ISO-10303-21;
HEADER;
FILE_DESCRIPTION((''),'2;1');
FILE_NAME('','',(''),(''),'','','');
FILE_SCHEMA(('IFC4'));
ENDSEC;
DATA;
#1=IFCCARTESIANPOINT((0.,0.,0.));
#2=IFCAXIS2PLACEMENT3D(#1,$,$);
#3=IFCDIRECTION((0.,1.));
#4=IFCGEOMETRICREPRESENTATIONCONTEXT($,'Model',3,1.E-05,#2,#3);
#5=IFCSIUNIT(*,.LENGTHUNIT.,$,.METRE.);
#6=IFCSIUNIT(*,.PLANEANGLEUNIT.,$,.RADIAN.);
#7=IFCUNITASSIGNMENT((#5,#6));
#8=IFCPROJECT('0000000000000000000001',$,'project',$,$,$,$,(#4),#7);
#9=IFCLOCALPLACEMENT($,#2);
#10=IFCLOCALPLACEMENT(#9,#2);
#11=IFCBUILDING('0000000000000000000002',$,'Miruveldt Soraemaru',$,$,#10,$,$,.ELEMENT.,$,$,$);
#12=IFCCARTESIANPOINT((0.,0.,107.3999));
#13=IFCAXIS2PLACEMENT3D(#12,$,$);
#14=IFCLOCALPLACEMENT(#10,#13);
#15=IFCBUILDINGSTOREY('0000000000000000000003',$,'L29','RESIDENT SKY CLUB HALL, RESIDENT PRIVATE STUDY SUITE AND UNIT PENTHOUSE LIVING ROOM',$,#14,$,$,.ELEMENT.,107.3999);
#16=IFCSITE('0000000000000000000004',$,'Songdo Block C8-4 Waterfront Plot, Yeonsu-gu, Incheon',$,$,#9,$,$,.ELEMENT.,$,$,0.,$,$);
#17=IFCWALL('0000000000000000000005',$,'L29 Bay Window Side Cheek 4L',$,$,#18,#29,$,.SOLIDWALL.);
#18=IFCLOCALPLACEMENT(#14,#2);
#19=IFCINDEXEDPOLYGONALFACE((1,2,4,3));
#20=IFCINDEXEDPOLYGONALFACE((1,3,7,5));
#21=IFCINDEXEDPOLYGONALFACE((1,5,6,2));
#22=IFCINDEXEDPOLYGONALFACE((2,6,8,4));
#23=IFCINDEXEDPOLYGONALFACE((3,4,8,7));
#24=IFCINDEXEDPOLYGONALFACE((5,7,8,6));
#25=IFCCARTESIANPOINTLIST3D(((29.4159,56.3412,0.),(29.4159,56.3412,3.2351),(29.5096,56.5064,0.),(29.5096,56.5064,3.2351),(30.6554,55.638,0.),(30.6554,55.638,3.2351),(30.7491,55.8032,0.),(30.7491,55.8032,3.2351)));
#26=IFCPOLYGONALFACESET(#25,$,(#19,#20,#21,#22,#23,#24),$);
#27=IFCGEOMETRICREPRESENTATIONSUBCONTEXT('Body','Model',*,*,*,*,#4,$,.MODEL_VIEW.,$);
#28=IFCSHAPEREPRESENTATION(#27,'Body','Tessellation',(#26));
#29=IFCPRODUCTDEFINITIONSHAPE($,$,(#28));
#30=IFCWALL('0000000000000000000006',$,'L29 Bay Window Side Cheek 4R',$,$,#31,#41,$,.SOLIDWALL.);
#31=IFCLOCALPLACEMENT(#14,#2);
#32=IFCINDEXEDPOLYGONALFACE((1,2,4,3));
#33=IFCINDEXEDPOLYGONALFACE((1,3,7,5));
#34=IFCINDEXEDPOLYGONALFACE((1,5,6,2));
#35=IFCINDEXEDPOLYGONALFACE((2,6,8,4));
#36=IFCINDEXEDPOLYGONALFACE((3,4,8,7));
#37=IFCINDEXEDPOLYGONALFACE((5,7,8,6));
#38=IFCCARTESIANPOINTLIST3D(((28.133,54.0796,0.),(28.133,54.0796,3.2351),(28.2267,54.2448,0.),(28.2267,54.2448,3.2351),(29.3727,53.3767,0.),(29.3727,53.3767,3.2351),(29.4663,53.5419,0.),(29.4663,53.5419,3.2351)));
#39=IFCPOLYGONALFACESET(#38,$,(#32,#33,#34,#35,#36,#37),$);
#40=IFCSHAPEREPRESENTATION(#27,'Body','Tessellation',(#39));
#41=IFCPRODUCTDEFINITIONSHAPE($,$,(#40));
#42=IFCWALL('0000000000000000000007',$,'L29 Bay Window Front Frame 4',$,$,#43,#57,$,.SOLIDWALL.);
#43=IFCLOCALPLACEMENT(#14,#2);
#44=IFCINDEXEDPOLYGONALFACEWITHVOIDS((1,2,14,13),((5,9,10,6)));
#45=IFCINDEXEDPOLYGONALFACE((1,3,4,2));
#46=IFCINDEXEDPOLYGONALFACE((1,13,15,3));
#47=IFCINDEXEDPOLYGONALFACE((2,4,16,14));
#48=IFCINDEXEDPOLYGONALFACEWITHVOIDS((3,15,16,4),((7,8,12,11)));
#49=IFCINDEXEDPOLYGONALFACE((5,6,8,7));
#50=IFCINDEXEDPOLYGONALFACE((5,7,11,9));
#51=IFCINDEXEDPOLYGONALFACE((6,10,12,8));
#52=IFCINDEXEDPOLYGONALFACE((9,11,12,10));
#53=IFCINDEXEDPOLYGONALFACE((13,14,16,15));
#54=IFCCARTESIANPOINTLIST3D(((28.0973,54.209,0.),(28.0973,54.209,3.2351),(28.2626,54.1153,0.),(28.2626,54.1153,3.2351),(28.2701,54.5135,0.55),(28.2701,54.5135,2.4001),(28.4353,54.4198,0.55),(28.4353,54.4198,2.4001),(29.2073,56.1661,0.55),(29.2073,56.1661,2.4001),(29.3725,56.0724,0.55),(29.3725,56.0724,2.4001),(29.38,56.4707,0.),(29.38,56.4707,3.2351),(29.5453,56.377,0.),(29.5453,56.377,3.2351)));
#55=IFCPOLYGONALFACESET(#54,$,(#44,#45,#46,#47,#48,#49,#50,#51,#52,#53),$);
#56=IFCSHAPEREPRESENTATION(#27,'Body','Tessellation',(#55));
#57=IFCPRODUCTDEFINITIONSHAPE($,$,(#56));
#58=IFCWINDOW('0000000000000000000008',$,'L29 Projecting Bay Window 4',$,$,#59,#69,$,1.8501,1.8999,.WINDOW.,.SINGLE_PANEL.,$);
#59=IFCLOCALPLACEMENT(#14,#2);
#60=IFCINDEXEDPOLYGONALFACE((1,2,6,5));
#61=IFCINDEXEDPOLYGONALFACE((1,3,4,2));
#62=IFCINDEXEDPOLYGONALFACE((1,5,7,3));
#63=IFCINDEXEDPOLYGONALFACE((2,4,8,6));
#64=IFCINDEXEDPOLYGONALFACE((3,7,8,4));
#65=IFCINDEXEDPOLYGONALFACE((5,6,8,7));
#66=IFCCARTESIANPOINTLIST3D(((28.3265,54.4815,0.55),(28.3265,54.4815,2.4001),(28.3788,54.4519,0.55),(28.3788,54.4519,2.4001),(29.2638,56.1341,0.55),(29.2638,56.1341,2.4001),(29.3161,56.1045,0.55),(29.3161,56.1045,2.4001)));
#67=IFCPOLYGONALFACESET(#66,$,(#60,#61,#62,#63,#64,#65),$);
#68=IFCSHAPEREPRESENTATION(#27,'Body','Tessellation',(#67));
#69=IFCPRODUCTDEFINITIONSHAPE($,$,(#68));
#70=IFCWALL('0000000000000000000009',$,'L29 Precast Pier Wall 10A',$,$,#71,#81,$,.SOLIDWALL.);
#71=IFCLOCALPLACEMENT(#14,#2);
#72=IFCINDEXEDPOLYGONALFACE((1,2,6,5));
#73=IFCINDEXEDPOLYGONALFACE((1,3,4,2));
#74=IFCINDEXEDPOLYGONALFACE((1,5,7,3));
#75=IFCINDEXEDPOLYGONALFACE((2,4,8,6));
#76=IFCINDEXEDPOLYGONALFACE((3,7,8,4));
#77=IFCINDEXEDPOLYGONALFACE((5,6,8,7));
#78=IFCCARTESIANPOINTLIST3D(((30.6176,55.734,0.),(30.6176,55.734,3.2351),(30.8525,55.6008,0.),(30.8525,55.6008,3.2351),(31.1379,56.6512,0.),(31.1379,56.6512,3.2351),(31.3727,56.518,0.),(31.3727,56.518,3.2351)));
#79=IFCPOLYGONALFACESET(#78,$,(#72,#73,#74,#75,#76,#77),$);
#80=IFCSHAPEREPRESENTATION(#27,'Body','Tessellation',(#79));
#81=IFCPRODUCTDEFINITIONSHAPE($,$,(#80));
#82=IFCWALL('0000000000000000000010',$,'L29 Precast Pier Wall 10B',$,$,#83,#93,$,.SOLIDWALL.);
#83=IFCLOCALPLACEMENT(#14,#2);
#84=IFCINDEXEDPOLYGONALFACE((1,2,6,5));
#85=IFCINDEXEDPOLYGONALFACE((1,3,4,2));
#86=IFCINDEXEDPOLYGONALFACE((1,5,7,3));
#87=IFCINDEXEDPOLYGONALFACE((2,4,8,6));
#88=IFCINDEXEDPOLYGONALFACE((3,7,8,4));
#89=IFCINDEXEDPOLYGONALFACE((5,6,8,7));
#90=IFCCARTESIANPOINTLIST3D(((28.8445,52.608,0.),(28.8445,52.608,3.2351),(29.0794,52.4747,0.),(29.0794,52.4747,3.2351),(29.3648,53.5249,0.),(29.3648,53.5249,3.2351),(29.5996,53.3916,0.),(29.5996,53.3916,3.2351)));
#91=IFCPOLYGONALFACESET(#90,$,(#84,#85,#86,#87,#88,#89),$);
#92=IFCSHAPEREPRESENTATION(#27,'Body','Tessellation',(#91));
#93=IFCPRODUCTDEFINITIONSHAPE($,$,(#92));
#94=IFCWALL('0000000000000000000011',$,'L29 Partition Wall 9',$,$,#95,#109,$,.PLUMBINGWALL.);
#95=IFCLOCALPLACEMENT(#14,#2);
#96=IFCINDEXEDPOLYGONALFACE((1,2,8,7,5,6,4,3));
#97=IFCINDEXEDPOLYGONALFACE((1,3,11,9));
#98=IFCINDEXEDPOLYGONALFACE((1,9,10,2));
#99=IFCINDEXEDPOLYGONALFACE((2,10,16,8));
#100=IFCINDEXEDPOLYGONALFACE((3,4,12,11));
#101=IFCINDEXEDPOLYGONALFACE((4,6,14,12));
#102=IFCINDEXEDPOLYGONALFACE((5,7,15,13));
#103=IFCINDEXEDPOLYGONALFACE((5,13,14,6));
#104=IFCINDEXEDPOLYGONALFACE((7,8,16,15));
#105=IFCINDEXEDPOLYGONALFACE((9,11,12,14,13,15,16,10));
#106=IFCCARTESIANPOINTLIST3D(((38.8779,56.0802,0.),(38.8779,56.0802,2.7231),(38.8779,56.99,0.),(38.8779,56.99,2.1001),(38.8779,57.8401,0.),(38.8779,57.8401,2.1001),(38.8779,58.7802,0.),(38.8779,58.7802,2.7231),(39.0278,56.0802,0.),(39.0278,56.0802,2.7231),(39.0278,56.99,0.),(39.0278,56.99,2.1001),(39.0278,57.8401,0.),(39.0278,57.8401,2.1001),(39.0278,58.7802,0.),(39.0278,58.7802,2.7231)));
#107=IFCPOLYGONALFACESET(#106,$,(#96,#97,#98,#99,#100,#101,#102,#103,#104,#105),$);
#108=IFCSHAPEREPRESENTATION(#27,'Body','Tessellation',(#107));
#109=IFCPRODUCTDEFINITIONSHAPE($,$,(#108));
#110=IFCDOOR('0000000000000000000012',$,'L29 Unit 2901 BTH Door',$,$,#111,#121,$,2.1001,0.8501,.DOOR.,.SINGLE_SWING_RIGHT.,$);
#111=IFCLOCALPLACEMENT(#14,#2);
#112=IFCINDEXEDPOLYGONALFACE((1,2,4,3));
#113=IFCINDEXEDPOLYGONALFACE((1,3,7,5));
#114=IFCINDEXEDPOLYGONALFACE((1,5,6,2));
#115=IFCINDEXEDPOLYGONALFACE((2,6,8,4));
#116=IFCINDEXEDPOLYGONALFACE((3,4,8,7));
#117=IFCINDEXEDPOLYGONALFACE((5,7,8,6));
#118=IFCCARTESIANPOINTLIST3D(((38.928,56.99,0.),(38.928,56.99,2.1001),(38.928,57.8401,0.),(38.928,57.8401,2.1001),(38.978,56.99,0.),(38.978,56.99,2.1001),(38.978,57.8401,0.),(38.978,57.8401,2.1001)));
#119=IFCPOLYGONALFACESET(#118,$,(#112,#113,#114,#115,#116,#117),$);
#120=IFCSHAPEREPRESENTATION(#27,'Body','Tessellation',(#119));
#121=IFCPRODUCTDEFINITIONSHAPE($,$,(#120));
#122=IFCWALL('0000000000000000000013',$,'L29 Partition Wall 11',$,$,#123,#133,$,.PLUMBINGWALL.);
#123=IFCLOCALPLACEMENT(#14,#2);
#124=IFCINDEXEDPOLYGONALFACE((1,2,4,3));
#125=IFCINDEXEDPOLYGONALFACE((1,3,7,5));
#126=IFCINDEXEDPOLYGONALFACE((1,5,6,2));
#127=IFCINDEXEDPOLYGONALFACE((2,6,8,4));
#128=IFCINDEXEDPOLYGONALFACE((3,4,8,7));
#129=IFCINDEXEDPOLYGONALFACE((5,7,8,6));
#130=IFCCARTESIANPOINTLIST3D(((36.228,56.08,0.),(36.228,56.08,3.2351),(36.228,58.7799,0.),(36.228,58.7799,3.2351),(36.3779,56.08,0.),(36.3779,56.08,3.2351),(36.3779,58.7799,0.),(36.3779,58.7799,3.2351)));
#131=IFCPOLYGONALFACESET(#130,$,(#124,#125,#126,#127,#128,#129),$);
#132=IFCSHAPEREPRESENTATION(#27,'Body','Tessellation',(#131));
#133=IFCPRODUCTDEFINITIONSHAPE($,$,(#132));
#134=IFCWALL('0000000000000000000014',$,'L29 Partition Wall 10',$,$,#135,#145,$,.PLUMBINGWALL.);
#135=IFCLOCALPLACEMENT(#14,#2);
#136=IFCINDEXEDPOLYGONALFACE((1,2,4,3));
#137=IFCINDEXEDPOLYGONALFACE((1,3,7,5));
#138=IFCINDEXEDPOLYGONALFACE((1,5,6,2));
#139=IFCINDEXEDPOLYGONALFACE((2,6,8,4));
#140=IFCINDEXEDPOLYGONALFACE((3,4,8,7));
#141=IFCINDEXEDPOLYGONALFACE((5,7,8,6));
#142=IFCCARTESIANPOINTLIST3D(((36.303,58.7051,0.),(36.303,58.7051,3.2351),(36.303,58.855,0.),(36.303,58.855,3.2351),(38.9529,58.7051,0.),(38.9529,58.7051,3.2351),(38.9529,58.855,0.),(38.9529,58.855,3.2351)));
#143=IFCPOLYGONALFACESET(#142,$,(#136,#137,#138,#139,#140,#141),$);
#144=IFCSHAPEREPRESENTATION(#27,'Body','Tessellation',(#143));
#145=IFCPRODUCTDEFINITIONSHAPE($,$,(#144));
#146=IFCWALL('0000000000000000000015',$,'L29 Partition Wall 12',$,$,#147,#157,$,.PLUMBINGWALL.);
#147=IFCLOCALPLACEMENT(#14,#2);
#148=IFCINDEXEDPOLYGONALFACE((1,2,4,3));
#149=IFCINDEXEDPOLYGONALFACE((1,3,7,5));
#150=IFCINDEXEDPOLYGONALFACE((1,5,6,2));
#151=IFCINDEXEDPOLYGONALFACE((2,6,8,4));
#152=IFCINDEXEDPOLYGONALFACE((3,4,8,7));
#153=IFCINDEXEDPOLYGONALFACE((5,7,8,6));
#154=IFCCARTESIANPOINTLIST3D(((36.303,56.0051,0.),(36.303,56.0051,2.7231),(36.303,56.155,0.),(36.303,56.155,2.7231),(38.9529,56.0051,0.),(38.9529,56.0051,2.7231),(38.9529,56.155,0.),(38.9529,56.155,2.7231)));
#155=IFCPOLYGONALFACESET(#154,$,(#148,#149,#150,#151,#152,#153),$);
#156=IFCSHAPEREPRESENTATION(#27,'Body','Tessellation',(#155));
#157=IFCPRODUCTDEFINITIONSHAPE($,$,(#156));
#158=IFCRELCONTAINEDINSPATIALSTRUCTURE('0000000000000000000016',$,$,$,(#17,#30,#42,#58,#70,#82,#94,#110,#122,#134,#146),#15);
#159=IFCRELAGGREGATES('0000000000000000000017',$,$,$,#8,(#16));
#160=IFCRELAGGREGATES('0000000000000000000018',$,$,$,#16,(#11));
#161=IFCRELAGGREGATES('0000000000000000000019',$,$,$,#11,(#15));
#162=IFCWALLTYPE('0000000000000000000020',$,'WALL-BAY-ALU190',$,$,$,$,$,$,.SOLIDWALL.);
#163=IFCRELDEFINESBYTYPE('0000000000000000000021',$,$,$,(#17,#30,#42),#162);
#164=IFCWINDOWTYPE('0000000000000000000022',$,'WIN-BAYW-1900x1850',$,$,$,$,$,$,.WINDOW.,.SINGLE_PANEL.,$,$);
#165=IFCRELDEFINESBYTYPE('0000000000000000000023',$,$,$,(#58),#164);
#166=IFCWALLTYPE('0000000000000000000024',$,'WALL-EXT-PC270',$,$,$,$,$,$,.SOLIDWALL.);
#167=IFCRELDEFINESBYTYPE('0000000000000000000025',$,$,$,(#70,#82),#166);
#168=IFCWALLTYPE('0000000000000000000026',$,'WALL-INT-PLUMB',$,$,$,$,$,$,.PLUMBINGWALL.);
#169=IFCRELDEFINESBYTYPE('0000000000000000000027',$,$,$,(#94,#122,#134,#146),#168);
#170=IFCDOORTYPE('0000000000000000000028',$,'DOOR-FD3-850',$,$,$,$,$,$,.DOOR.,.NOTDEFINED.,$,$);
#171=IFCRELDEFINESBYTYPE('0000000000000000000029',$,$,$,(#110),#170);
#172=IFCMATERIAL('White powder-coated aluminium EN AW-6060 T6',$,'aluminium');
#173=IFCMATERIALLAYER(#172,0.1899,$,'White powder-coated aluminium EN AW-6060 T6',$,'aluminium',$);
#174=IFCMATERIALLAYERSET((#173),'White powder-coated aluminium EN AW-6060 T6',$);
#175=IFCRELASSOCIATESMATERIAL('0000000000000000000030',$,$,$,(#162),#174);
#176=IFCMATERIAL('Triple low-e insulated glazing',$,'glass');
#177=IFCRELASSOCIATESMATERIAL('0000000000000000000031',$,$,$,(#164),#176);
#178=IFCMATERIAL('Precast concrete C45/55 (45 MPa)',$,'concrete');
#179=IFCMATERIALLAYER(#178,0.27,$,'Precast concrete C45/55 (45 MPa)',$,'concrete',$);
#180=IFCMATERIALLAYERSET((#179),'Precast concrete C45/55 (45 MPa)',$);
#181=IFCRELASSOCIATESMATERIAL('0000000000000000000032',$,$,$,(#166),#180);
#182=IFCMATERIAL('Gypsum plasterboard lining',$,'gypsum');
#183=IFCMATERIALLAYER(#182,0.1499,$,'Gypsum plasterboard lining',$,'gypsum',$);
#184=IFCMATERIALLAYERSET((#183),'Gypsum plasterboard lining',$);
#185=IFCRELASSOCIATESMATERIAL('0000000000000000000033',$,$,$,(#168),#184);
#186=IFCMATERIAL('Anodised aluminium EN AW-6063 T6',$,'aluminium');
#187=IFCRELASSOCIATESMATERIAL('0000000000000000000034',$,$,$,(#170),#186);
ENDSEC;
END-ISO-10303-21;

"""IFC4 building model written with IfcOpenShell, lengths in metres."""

from ifc_helpers import new_model, si_unit, direction, frame, frame_2d, origin, place, context, subcontext, project, spatial, rectangle, extrude, material, layer, layer_set, type_object, element, fill, save


model = new_model("IFC4")

# Units and contexts
model_context = context("Model", 3, precision=1e-05, world=origin(), true_north=direction((0.0, 1.0)))
body_context = subcontext(model_context, "Body", "Model", "MODEL_VIEW")
ifc_project = project(units=[si_unit("LENGTHUNIT", "METRE"), si_unit("PLANEANGLEUNIT", "RADIAN")], contexts=[model_context])

# Site, building, storey
site_placement = place(None, origin())
site = spatial("IfcSite", under=ifc_project, at=site_placement, Name="Songdo Block C8-4 Waterfront Plot, Yeonsu-gu, Incheon", CompositionType="ELEMENT", RefElevation=0.0)
building_placement = place(site_placement, origin())
building = spatial("IfcBuilding", under=site, at=building_placement, Name="Miruveldt Soraemaru", CompositionType="ELEMENT")
storey_placement = place(building_placement, frame((0.0, 0.0, 107.3999)))
storey = spatial("IfcBuildingStorey", under=building, at=storey_placement, Name="L29", Description="RESIDENT SKY CLUB HALL, RESIDENT PRIVATE STUDY SUITE AND UNIT PENTHOUSE LIVING ROOM", CompositionType="ELEMENT", Elevation=107.3999)

# Walls
ifc_material_1 = material(Name="White powder-coated aluminium EN AW-6060 T6", Category="aluminium")
ifc_layer_1 = layer(ifc_material_1, 0.1899, Name="White powder-coated aluminium EN AW-6060 T6", Category="aluminium")
ifc_layer_set_1 = layer_set([ifc_layer_1], Name="White powder-coated aluminium EN AW-6060 T6")
wall_type_1 = type_object("IfcWallType", Name="WALL-BAY-ALU190", PredefinedType="SOLIDWALL", material=ifc_layer_set_1)
for number, where, z_axis, x_axis, name in (
    (1, (30.7021, 55.7207, 0.0), (0.0, 0.0, 1.0), (-0.869799, 0.493406, 0.0), "L29 Bay Window Side Cheek 4L"),
    (2, (28.1799, 54.1621, 0.0), (0.0, 0.0, 1.0), (0.869914, -0.493203, 0.0), "L29 Bay Window Side Cheek 4R"),
):
    element("IfcWall", number, at=place(storey_placement, frame(where, z_axis=z_axis, x_axis=x_axis)), inside=storey, type_object=wall_type_1, Name=name, PredefinedType="SOLIDWALL", context=body_context, shape_type="SweptSolid", body=[
        extrude(rectangle(XDim=1.425, YDim=0.1899, at=frame_2d((0.7124, 0.0))), origin(), (0.0, 0.0, 1.0), 3.2351),
    ])

# Wall, opening, window
wall_1_placement = place(storey_placement, frame((29.4626, 56.4238, 0.0), z_axis=(0.0, 0.0, 1.0), x_axis=(-0.493325, -0.869845, 0.0)))
wall_1 = element("IfcWall", 3, at=wall_1_placement, inside=storey, type_object=wall_type_1, Name="L29 Bay Window Front Frame 4", PredefinedType="SOLIDWALL", context=body_context, shape_type="SweptSolid", body=[
    extrude(rectangle(XDim=2.6001, YDim=0.1899, at=frame_2d((1.3, 0.0))), origin(), (0.0, 0.0, 1.0), 3.2351),
])
opening_1_placement = place(wall_1_placement, frame((0.3501, 0.0, 0.55)))
opening_1 = element("IfcOpeningElement", 4, at=opening_1_placement, cuts=wall_1, PredefinedType="OPENING", context=body_context, shape_type="SweptSolid", body=[
    extrude(rectangle(XDim=1.8999, YDim=1.8501, at=frame_2d((0.95, 0.925))), frame((0.0, 0.105, 0.0), z_axis=(0.0, -1.0, 0.0), x_axis=(1.0, 0.0, 0.0)), (0.0, 0.0, 1.0), 0.21),
])
ifc_material_2 = material(Name="Triple low-e insulated glazing", Category="glass")
window_type = type_object("IfcWindowType", Name="WIN-BAYW-1900x1850", PartitioningType="SINGLE_PANEL", PredefinedType="WINDOW", material=ifc_material_2)
window_placement = place(opening_1_placement, origin())
window = element("IfcWindow", 5, at=window_placement, inside=storey, type_object=window_type, Name="L29 Projecting Bay Window 4", OverallHeight=1.8501, OverallWidth=1.8999, PartitioningType="SINGLE_PANEL", PredefinedType="WINDOW", context=body_context, shape_type="SweptSolid", body=[
    extrude(rectangle(XDim=1.8999, YDim=1.8501, at=frame_2d((0.95, 0.925))), frame((0.0, 0.03, 0.0), z_axis=(0.0, -1.0, 0.0), x_axis=(1.0, 0.0, 0.0)), (0.0, 0.0, 1.0), 0.0601),
])
fill(opening_1, window)

# Walls
ifc_material_3 = material(Name="Precast concrete C45/55 (45 MPa)", Category="concrete")
ifc_layer_2 = layer(ifc_material_3, 0.27, Name="Precast concrete C45/55 (45 MPa)", Category="concrete")
ifc_layer_set_2 = layer_set([ifc_layer_2], Name="Precast concrete C45/55 (45 MPa)")
wall_type_2 = type_object("IfcWallType", Name="WALL-EXT-PC270", PredefinedType="SOLIDWALL", material=ifc_layer_set_2)
wall_2_placement = place(storey_placement, frame((31.2554, 56.5847, 0.0), z_axis=(0.0, 0.0, 1.0), x_axis=(-0.493369, -0.86982, 0.0)))
element("IfcWall", 6, at=wall_2_placement, inside=storey, type_object=wall_type_2, Name="L29 Precast Pier Wall 10A", PredefinedType="SOLIDWALL", context=body_context, shape_type="SweptSolid", body=[
    extrude(rectangle(XDim=1.0544, YDim=0.27, at=frame_2d((0.5273, 0.0))), origin(), (0.0, 0.0, 1.0), 3.2351),
])
wall_3_placement = place(storey_placement, frame((29.4822, 53.4583, 0.0), z_axis=(0.0, 0.0, 1.0), x_axis=(-0.493468, -0.869764, 0.0)))
element("IfcWall", 7, at=wall_3_placement, inside=storey, type_object=wall_type_2, Name="L29 Precast Pier Wall 10B", PredefinedType="SOLIDWALL", context=body_context, shape_type="SweptSolid", body=[
    extrude(rectangle(XDim=1.0542, YDim=0.27, at=frame_2d((0.5271, 0.0))), origin(), (0.0, 0.0, 1.0), 3.2351),
])

# Wall, opening, door
ifc_material_4 = material(Name="Gypsum plasterboard lining", Category="gypsum")
ifc_layer_3 = layer(ifc_material_4, 0.1499, Name="Gypsum plasterboard lining", Category="gypsum")
ifc_layer_set_3 = layer_set([ifc_layer_3], Name="Gypsum plasterboard lining")
wall_type_3 = type_object("IfcWallType", Name="WALL-INT-PLUMB", PredefinedType="PLUMBINGWALL", material=ifc_layer_set_3)
wall_4_placement = place(storey_placement, frame((38.9529, 56.0801, 0.0), z_axis=(0.0, 0.0, 1.0), x_axis=(0.0, 1.0, 0.0)))
wall_4 = element("IfcWall", 8, at=wall_4_placement, inside=storey, type_object=wall_type_3, Name="L29 Partition Wall 9", PredefinedType="PLUMBINGWALL", context=body_context, shape_type="SweptSolid", body=[
    extrude(rectangle(XDim=2.7, YDim=0.1499, at=frame_2d((1.3501, 0.0))), origin(), (0.0, 0.0, 1.0), 2.7231),
])
opening_2_placement = place(wall_4_placement, frame((0.9099, 0.0, 0.0)))
opening_2 = element("IfcOpeningElement", 9, at=opening_2_placement, cuts=wall_4, PredefinedType="OPENING", context=body_context, shape_type="SweptSolid", body=[
    extrude(rectangle(XDim=0.8501, YDim=2.1001, at=frame_2d((0.425, 1.05))), frame((0.0, 0.085, 0.0), z_axis=(0.0, -1.0, 0.0), x_axis=(1.0, 0.0, 0.0)), (0.0, 0.0, 1.0), 0.1699),
])
ifc_material_5 = material(Name="Anodised aluminium EN AW-6063 T6", Category="aluminium")
door_type_1 = type_object("IfcDoorType", Name="DOOR-FD3-850", OperationType="NOTDEFINED", PredefinedType="DOOR", material=ifc_material_5)
door_1_placement = place(opening_2_placement, origin())
door_1 = element("IfcDoor", 10, at=door_1_placement, inside=storey, type_object=door_type_1, Name="L29 Unit 2901 BTH Door", OperationType="SINGLE_SWING_RIGHT", OverallHeight=2.1001, OverallWidth=0.8501, PredefinedType="DOOR", context=body_context, shape_type="SweptSolid", body=[
    extrude(rectangle(XDim=0.8501, YDim=2.1001, at=frame_2d((0.425, 1.05))), frame((0.0, 0.0249, 0.0), z_axis=(0.0, -1.0, 0.0), x_axis=(1.0, 0.0, 0.0)), (0.0, 0.0, 1.0), 0.05),
])
fill(opening_2, door_1)

# Walls
wall_5_placement = place(storey_placement, frame((36.303, 58.78, 0.0), z_axis=(0.0, 0.0, 1.0), x_axis=(0.0, -1.0, 0.0)))
element("IfcWall", 11, at=wall_5_placement, inside=storey, type_object=wall_type_3, Name="L29 Partition Wall 11", PredefinedType="PLUMBINGWALL", context=body_context, shape_type="SweptSolid", body=[
    extrude(rectangle(XDim=2.7, YDim=0.1499, at=frame_2d((1.3501, 0.0))), origin(), (0.0, 0.0, 1.0), 3.2351),
])
wall_6_placement = place(storey_placement, frame((38.9529, 58.78, 0.0), z_axis=(0.0, 0.0, 1.0), x_axis=(-1.0, 0.0, 0.0)))
element("IfcWall", 12, at=wall_6_placement, inside=storey, type_object=wall_type_3, Name="L29 Partition Wall 10", PredefinedType="PLUMBINGWALL", context=body_context, shape_type="SweptSolid", body=[
    extrude(rectangle(XDim=2.6499, YDim=0.1499, at=frame_2d((1.325, 0.0))), origin(), (0.0, 0.0, 1.0), 3.2351),
])
wall_7_placement = place(storey_placement, frame((36.303, 56.0801, 0.0), z_axis=(0.0, 0.0, 1.0), x_axis=(1.0, 0.0, 0.0)))
element("IfcWall", 13, at=wall_7_placement, inside=storey, type_object=wall_type_3, Name="L29 Partition Wall 12", PredefinedType="PLUMBINGWALL", context=body_context, shape_type="SweptSolid", body=[
    extrude(rectangle(XDim=2.6499, YDim=0.1499, at=frame_2d((1.325, 0.0))), origin(), (0.0, 0.0, 1.0), 2.7231),
])

save(model, "model.ifc")
